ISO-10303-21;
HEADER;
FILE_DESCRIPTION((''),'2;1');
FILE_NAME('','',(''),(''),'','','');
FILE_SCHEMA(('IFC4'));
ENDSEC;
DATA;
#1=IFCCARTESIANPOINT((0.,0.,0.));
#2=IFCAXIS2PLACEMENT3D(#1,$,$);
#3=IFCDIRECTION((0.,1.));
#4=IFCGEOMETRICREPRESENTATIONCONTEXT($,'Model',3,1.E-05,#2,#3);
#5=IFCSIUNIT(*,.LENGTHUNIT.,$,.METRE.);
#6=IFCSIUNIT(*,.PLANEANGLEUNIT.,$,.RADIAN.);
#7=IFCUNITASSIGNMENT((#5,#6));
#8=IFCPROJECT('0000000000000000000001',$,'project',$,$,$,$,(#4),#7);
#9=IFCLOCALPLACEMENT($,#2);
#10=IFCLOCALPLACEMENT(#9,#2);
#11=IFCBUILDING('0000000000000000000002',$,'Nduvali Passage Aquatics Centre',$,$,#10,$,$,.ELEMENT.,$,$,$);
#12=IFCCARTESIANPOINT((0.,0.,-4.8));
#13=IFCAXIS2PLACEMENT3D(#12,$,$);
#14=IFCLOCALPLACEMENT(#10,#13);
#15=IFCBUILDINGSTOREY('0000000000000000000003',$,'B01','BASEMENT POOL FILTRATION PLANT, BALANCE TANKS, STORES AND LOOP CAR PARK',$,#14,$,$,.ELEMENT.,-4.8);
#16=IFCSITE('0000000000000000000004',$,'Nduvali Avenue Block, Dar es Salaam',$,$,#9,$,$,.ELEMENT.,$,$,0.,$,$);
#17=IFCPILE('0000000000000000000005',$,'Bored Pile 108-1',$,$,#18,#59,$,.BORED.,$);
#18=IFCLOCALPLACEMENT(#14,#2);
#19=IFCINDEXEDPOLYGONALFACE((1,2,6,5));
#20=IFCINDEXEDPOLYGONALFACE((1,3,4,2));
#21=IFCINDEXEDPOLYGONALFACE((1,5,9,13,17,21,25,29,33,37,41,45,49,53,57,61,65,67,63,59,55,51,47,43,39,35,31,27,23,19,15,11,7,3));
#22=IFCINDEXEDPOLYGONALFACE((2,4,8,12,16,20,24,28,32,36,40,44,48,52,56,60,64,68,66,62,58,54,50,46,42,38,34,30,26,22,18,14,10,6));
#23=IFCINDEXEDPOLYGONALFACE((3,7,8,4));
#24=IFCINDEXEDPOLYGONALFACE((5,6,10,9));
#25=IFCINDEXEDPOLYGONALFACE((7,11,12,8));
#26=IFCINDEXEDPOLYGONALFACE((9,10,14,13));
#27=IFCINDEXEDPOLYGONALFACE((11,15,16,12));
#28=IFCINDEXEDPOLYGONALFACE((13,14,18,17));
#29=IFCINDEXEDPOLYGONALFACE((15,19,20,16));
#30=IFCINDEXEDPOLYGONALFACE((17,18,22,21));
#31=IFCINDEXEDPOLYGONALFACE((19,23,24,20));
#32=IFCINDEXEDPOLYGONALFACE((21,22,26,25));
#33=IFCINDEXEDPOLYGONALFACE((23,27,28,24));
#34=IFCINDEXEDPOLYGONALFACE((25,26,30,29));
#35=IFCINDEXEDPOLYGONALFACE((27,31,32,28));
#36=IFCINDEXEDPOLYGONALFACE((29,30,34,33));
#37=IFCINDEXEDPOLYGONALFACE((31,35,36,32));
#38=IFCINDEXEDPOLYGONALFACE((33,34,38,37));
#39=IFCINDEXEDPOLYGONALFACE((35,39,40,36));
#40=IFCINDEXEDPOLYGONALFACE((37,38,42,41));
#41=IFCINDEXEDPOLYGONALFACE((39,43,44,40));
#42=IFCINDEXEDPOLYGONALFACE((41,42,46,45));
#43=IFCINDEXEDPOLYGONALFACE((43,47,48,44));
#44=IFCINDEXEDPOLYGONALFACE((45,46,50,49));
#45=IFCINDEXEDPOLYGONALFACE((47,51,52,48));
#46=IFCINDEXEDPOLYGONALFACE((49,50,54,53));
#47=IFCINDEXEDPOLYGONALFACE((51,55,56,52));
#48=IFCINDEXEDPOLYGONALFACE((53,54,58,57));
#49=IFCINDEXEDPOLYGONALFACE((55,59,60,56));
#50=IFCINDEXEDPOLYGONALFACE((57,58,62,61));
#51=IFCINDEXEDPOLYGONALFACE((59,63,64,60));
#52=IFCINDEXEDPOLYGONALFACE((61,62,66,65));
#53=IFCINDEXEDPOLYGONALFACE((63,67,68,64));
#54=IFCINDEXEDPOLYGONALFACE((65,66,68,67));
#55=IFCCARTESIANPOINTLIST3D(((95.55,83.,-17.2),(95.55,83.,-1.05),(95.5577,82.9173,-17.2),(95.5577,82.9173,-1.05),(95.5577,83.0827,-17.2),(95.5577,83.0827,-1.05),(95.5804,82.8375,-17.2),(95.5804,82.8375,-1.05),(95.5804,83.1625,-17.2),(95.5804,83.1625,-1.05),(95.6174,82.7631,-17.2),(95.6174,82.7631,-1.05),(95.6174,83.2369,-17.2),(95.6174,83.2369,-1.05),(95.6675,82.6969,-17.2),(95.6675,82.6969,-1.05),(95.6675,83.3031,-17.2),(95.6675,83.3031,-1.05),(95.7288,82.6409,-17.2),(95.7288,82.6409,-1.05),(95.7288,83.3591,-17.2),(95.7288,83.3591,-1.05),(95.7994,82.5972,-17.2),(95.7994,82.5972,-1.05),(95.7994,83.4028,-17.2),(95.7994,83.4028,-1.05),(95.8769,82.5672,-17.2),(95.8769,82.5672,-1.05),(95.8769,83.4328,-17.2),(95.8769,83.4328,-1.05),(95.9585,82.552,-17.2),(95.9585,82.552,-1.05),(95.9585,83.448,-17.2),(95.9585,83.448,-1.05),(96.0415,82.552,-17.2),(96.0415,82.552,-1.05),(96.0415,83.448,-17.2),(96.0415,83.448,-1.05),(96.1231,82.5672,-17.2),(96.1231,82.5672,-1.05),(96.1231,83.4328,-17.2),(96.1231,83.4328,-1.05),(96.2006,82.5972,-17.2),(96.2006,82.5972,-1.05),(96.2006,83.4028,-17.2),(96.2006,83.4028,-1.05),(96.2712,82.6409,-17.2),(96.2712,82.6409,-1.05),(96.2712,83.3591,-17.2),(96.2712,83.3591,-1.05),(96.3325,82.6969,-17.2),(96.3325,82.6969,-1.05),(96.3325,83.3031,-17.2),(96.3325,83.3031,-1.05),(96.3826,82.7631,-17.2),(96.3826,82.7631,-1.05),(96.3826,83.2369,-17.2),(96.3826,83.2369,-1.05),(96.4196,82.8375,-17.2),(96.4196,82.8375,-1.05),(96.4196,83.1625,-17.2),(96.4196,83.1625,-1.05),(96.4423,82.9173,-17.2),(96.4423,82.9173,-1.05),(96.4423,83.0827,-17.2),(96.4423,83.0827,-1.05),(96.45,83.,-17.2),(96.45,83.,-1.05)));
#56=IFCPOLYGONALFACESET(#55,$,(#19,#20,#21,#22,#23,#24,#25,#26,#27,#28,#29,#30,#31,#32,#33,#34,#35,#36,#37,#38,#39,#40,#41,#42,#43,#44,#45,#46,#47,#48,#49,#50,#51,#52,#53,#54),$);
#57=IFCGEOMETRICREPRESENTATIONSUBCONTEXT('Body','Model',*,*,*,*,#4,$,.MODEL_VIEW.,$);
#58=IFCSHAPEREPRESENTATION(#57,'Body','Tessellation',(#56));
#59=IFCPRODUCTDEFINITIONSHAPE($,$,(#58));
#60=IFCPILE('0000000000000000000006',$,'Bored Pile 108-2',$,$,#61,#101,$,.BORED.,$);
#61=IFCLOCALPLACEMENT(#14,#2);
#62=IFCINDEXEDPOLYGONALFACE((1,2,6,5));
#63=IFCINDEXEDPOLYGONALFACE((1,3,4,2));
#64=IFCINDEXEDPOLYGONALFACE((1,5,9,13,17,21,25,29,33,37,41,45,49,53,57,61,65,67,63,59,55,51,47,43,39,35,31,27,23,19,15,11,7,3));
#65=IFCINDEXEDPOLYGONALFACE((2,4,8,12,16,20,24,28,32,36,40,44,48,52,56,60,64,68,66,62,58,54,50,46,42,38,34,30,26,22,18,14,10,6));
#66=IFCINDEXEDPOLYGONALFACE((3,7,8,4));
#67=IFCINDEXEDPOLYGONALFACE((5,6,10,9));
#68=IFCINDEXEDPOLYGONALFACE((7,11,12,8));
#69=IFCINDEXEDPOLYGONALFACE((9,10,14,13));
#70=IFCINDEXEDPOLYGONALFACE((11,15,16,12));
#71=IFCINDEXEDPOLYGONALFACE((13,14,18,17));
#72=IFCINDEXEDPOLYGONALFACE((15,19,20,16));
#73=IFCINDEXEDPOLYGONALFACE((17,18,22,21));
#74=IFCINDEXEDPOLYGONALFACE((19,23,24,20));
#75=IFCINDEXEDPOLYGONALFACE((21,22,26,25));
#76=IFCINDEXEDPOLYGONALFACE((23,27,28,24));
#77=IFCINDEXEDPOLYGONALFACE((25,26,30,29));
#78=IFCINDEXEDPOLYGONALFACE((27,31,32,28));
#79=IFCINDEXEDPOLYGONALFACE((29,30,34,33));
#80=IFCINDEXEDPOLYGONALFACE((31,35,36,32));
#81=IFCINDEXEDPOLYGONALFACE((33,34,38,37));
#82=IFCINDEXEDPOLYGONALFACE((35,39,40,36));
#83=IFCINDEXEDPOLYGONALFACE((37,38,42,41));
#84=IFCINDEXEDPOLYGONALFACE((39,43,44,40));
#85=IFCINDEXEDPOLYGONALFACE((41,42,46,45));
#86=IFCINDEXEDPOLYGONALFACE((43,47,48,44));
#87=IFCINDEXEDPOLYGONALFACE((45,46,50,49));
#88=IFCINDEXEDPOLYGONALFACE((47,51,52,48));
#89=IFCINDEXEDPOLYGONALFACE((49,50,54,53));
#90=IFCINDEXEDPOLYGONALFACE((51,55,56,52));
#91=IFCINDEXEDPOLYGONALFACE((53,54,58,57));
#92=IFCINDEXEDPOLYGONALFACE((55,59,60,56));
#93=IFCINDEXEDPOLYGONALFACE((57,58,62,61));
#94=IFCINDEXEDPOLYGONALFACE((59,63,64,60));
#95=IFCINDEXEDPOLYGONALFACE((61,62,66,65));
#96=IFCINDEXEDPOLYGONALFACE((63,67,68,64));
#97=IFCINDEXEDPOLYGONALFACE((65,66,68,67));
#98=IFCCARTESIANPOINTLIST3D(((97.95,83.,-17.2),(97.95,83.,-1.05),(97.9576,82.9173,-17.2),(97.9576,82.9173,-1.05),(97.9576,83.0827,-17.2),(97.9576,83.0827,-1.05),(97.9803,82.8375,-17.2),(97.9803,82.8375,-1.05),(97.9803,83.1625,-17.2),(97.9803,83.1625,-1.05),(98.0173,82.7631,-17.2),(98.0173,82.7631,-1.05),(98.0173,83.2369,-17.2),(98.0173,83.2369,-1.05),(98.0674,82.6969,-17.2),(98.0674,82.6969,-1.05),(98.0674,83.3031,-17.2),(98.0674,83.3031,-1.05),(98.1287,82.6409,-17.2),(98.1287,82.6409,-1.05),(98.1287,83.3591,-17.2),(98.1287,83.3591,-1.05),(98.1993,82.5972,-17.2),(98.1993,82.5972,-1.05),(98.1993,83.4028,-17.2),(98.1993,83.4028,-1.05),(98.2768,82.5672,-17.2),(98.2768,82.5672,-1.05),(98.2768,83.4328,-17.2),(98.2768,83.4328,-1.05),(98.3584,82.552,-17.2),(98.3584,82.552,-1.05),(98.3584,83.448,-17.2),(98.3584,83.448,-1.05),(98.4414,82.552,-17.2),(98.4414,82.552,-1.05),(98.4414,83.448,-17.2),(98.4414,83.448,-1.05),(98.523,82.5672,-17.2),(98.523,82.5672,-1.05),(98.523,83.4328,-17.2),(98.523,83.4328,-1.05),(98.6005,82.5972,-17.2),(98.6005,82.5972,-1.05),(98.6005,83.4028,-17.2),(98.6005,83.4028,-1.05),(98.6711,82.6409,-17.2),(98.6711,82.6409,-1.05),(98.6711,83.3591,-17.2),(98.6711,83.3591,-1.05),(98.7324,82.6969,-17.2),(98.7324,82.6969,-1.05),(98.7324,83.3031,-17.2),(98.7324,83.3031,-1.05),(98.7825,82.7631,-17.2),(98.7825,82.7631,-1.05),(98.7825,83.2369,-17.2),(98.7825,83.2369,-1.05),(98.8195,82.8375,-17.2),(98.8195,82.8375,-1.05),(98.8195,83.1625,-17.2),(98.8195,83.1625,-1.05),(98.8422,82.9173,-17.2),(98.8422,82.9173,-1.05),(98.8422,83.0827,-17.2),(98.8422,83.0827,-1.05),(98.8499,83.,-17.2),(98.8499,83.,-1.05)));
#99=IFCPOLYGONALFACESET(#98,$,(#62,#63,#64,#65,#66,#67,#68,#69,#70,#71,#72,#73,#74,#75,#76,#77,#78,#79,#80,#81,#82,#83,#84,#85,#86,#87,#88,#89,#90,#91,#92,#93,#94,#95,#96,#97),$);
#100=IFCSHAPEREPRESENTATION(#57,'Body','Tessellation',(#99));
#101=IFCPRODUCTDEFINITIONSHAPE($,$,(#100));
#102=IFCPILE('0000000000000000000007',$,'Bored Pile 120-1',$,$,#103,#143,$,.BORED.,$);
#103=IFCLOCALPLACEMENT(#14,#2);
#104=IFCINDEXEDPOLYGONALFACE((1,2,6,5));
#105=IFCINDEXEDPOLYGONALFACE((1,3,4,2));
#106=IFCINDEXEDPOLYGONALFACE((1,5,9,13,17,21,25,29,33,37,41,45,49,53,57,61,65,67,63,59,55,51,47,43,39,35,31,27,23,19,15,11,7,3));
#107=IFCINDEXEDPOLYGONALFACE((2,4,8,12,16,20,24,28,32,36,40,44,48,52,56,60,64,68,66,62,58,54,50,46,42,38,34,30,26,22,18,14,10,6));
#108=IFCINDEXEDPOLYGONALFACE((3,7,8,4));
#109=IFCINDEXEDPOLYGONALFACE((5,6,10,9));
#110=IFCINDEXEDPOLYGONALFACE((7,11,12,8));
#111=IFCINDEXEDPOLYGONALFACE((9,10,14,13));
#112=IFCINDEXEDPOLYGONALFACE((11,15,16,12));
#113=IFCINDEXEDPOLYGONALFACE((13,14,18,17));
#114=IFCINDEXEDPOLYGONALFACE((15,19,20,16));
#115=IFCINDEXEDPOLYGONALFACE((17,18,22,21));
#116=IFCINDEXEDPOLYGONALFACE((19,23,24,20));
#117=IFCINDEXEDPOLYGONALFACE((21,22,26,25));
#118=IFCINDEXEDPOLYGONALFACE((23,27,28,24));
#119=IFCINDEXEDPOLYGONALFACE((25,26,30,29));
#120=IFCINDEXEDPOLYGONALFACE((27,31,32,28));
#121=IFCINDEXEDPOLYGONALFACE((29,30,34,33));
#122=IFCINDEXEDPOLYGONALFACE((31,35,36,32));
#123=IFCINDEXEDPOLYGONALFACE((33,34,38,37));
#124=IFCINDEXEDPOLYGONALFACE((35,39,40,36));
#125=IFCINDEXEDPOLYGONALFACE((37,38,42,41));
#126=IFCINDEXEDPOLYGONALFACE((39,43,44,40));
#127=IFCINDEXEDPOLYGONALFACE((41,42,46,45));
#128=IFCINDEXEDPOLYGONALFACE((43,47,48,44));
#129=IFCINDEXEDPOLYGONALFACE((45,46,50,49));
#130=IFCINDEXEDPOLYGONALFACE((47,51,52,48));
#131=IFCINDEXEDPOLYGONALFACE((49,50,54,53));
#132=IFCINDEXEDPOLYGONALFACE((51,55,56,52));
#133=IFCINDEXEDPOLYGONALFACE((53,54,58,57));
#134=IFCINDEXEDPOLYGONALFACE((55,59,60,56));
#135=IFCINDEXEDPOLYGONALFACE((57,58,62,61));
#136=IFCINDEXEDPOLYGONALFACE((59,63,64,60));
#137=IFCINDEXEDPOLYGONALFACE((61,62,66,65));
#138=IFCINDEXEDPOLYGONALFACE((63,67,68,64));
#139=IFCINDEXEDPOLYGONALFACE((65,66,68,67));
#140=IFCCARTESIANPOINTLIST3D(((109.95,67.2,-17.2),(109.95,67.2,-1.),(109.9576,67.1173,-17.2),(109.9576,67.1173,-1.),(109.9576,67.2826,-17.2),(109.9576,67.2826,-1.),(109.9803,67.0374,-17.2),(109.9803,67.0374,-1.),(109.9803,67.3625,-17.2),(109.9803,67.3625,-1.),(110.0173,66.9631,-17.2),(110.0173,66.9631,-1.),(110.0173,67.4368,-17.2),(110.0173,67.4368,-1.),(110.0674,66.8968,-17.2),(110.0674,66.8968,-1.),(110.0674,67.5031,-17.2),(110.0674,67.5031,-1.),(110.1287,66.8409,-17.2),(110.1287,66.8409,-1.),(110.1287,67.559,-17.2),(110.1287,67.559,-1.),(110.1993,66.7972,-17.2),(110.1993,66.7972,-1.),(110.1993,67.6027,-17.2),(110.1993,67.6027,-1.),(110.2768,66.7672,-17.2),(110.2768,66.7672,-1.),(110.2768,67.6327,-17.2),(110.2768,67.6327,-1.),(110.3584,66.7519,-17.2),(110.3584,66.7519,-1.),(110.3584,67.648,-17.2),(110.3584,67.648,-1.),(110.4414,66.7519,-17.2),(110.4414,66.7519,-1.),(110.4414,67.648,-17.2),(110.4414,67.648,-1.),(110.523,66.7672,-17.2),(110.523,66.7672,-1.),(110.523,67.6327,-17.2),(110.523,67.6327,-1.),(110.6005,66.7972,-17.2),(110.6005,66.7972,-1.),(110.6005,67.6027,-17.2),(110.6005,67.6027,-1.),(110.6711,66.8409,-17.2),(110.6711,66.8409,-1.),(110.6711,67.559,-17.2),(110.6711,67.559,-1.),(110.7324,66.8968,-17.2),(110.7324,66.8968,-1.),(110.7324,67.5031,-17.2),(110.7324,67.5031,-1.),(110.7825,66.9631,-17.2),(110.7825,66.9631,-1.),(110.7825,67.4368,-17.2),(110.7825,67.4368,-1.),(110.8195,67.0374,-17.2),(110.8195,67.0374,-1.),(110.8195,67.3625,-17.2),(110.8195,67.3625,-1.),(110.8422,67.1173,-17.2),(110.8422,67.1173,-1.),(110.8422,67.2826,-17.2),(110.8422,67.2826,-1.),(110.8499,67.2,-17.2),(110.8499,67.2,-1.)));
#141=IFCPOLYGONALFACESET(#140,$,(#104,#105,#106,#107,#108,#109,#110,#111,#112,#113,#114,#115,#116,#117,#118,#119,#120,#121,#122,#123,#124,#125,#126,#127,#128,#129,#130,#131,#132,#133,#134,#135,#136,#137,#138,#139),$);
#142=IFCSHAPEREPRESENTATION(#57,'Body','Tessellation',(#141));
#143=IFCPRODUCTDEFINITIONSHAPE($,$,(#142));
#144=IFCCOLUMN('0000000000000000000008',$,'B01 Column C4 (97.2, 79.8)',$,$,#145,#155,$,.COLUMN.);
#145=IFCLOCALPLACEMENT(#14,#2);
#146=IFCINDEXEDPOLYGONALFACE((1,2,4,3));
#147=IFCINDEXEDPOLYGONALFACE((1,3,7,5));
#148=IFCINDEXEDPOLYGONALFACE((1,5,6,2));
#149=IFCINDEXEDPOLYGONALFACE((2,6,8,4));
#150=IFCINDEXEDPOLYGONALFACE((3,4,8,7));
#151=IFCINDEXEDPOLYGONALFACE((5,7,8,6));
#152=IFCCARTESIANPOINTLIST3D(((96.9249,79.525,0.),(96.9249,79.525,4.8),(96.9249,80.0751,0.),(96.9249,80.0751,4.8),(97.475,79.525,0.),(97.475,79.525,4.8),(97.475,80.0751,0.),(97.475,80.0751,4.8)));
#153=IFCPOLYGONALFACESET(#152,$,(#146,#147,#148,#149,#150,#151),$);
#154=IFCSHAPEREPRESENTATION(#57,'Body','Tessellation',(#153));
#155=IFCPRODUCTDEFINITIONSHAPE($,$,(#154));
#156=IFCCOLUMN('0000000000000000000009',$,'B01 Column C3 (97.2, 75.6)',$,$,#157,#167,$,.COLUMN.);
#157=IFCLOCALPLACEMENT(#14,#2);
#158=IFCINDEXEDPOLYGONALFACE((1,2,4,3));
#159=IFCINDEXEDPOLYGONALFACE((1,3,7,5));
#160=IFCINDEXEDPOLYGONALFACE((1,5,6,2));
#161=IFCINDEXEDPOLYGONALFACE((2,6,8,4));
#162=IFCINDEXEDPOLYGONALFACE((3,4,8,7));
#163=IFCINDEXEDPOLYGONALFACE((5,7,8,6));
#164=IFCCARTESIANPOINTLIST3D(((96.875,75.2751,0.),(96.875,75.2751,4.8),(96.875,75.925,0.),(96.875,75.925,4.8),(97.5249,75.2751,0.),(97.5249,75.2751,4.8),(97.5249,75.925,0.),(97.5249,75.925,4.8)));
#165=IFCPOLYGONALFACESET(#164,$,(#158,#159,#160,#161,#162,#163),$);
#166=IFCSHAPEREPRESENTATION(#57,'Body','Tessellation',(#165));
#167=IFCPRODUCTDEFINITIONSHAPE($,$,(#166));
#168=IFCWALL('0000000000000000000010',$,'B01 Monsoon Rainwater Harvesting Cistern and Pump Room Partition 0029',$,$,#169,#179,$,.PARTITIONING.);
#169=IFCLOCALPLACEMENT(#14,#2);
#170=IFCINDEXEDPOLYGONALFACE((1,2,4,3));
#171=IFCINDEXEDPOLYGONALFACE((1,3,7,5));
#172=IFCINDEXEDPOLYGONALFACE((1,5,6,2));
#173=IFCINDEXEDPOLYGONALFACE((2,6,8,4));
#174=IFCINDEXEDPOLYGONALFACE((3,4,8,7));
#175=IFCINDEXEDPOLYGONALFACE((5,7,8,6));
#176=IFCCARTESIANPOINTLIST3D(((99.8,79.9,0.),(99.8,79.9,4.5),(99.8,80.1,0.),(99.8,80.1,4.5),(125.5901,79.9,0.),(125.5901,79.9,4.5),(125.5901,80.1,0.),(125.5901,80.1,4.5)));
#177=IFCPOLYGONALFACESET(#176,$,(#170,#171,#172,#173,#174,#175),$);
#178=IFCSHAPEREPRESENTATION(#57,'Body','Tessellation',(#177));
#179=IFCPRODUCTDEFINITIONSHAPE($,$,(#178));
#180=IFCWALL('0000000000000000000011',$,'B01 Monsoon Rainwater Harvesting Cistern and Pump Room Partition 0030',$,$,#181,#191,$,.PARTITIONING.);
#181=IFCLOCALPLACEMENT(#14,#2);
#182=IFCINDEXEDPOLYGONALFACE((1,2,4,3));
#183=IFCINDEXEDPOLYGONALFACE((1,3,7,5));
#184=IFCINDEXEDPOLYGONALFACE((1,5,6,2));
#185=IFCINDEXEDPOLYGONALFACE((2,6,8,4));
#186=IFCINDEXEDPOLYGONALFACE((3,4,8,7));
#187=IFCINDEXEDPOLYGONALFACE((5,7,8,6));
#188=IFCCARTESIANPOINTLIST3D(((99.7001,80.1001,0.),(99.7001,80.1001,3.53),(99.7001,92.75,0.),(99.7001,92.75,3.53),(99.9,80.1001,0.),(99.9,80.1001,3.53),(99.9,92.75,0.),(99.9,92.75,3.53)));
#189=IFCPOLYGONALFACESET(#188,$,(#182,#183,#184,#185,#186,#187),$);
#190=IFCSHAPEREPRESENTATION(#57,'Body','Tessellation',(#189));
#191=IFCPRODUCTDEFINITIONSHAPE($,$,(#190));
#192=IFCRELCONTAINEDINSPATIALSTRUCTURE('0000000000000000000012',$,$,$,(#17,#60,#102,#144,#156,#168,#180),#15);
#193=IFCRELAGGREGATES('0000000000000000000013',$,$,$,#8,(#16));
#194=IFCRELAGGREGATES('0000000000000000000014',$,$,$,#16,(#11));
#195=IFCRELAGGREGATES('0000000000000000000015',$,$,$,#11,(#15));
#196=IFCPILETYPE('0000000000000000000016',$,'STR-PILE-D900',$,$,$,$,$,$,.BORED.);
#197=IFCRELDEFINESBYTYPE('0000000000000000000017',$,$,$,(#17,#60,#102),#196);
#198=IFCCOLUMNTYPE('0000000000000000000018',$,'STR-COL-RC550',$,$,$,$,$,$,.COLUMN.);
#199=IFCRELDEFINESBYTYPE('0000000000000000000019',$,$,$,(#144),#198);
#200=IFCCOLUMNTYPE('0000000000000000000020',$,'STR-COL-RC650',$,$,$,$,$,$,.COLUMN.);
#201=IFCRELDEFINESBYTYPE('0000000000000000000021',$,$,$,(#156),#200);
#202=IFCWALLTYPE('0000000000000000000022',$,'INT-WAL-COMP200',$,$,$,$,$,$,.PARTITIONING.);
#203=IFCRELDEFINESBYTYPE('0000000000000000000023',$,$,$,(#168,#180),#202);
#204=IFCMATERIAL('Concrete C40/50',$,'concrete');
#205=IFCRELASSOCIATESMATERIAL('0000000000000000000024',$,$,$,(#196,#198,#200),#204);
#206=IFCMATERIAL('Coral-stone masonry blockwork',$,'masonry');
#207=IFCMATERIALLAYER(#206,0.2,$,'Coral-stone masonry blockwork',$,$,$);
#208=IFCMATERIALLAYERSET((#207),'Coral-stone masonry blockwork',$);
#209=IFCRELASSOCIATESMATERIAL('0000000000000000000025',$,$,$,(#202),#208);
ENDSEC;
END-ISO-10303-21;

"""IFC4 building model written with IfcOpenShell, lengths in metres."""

from ifc_helpers import new_model, si_unit, direction, frame, frame_2d, origin, origin_2d, place, context, subcontext, project, spatial, rectangle, circle, extrude, material, layer, layer_set, material_profile, profile_set, type_object, element, save


model = new_model("IFC4")

# Units and contexts
model_context = context("Model", 3, precision=1e-05, world=origin(), true_north=direction((0.0, 1.0)))
body_context = subcontext(model_context, "Body", "Model", "MODEL_VIEW")
ifc_project = project(units=[si_unit("LENGTHUNIT", "METRE"), si_unit("PLANEANGLEUNIT", "RADIAN")], contexts=[model_context])

# Site, building, storey
site_placement = place(None, origin())
site = spatial("IfcSite", under=ifc_project, at=site_placement, Name="Nduvali Avenue Block, Dar es Salaam", CompositionType="ELEMENT", RefElevation=0.0)
building_placement = place(site_placement, origin())
building = spatial("IfcBuilding", under=site, at=building_placement, Name="Nduvali Passage Aquatics Centre", CompositionType="ELEMENT")
storey_placement = place(building_placement, frame((0.0, 0.0, -4.8)))
storey = spatial("IfcBuildingStorey", under=building, at=storey_placement, Name="B01", Description="BASEMENT POOL FILTRATION PLANT, BALANCE TANKS, STORES AND LOOP CAR PARK", CompositionType="ELEMENT", Elevation=-4.8)

# Shared definitions
ifc_material_1 = material(Name="Concrete C40/50", Category="concrete")

# Piles
ifc_material_profile_1 = material_profile(ifc_material_1, circle(Radius=0.45, at=origin_2d()), Name="PILE D900")
ifc_profile_set_1 = profile_set([ifc_material_profile_1], Name="Concrete C40/50")
pile_type = type_object("IfcPileType", Name="STR-PILE-D900", PredefinedType="BORED", material=ifc_profile_set_1)
for number, where, z_axis, x_axis, name in (
    (1, (96.0, 83.0, -1.05), (0.0, 0.0, -1.0), (1.0, 0.0, 0.0), "Bored Pile 108-1"),
    (2, (98.3999, 83.0, -1.05), (0.0, 0.0, -1.0), (1.0, 0.0, 0.0), "Bored Pile 108-2"),
):
    element("IfcPile", number, at=place(storey_placement, frame(where, z_axis=z_axis, x_axis=x_axis)), inside=storey, type_object=pile_type, Name=name, PredefinedType="BORED", context=body_context, shape_type="SweptSolid", body=[
        extrude(circle(Radius=0.45, at=origin_2d()), origin(), (0.0, 0.0, 1.0), 16.1499),
    ])
pile_placement = place(storey_placement, frame((110.3999, 67.2, -1.0), z_axis=(0.0, 0.0, -1.0), x_axis=(1.0, 0.0, 0.0)))
element("IfcPile", 3, at=pile_placement, inside=storey, type_object=pile_type, Name="Bored Pile 120-1", PredefinedType="BORED", context=body_context, shape_type="SweptSolid", body=[
    extrude(circle(Radius=0.45, at=origin_2d()), origin(), (0.0, 0.0, 1.0), 16.2),
])

# Columns
ifc_material_profile_2 = material_profile(ifc_material_1, rectangle(XDim=0.55, YDim=0.55, at=origin_2d()), Name="RC 550x550")
ifc_profile_set_2 = profile_set([ifc_material_profile_2], Name="Concrete C40/50")
column_type_1 = type_object("IfcColumnType", Name="STR-COL-RC550", PredefinedType="COLUMN", material=ifc_profile_set_2)
column_1_placement = place(storey_placement, frame((97.2, 79.8, 0.0), z_axis=(0.0, 0.0, 1.0), x_axis=(1.0, 0.0, 0.0)))
element("IfcColumn", 4, at=column_1_placement, inside=storey, type_object=column_type_1, Name="B01 Column C4 (97.2, 79.8)", PredefinedType="COLUMN", context=body_context, shape_type="SweptSolid", body=[
    extrude(rectangle(XDim=0.55, YDim=0.55, at=origin_2d()), origin(), (0.0, 0.0, 1.0), 4.8),
])
ifc_material_profile_3 = material_profile(ifc_material_1, rectangle(XDim=0.6499, YDim=0.6499, at=origin_2d()), Name="RC 650x650")
ifc_profile_set_3 = profile_set([ifc_material_profile_3], Name="Concrete C40/50")
column_type_2 = type_object("IfcColumnType", Name="STR-COL-RC650", PredefinedType="COLUMN", material=ifc_profile_set_3)
column_2_placement = place(storey_placement, frame((97.2, 75.6001, 0.0), z_axis=(0.0, 0.0, 1.0), x_axis=(1.0, 0.0, 0.0)))
element("IfcColumn", 5, at=column_2_placement, inside=storey, type_object=column_type_2, Name="B01 Column C3 (97.2, 75.6)", PredefinedType="COLUMN", context=body_context, shape_type="SweptSolid", body=[
    extrude(rectangle(XDim=0.6499, YDim=0.6499, at=origin_2d()), origin(), (0.0, 0.0, 1.0), 4.8),
])

# Walls
ifc_material_2 = material(Name="Coral-stone masonry blockwork", Category="masonry")
ifc_layer_1 = layer(ifc_material_2, 0.2, Name="Coral-stone masonry blockwork")
ifc_layer_set_1 = layer_set([ifc_layer_1], Name="Coral-stone masonry blockwork")
wall_type_1 = type_object("IfcWallType", Name="INT-WAL-COMP200", PredefinedType="PARTITIONING", material=ifc_layer_set_1)
wall_1_placement = place(storey_placement, frame((99.8, 80.0, 0.0), z_axis=(0.0, 0.0, 1.0), x_axis=(1.0, 0.0, 0.0)))
element("IfcWall", 6, at=wall_1_placement, inside=storey, type_object=wall_type_1, Name="B01 Monsoon Rainwater Harvesting Cistern and Pump Room Partition 0029", PredefinedType="PARTITIONING", context=body_context, shape_type="SweptSolid", body=[
    extrude(rectangle(XDim=25.79, YDim=0.2, at=frame_2d((12.895, 0.0))), origin(), (0.0, 0.0, 1.0), 4.5),
])
wall_2_placement = place(storey_placement, frame((99.8, 80.1001, 0.0), z_axis=(0.0, 0.0, 1.0), x_axis=(0.0, 1.0, 0.0)))
element("IfcWall", 7, at=wall_2_placement, inside=storey, type_object=wall_type_1, Name="B01 Monsoon Rainwater Harvesting Cistern and Pump Room Partition 0030", PredefinedType="PARTITIONING", context=body_context, shape_type="SweptSolid", body=[
    extrude(rectangle(XDim=12.6499, YDim=0.2, at=frame_2d((6.325, 0.0))), origin(), (0.0, 0.0, 1.0), 3.53),
])

save(model, "model.ifc")
